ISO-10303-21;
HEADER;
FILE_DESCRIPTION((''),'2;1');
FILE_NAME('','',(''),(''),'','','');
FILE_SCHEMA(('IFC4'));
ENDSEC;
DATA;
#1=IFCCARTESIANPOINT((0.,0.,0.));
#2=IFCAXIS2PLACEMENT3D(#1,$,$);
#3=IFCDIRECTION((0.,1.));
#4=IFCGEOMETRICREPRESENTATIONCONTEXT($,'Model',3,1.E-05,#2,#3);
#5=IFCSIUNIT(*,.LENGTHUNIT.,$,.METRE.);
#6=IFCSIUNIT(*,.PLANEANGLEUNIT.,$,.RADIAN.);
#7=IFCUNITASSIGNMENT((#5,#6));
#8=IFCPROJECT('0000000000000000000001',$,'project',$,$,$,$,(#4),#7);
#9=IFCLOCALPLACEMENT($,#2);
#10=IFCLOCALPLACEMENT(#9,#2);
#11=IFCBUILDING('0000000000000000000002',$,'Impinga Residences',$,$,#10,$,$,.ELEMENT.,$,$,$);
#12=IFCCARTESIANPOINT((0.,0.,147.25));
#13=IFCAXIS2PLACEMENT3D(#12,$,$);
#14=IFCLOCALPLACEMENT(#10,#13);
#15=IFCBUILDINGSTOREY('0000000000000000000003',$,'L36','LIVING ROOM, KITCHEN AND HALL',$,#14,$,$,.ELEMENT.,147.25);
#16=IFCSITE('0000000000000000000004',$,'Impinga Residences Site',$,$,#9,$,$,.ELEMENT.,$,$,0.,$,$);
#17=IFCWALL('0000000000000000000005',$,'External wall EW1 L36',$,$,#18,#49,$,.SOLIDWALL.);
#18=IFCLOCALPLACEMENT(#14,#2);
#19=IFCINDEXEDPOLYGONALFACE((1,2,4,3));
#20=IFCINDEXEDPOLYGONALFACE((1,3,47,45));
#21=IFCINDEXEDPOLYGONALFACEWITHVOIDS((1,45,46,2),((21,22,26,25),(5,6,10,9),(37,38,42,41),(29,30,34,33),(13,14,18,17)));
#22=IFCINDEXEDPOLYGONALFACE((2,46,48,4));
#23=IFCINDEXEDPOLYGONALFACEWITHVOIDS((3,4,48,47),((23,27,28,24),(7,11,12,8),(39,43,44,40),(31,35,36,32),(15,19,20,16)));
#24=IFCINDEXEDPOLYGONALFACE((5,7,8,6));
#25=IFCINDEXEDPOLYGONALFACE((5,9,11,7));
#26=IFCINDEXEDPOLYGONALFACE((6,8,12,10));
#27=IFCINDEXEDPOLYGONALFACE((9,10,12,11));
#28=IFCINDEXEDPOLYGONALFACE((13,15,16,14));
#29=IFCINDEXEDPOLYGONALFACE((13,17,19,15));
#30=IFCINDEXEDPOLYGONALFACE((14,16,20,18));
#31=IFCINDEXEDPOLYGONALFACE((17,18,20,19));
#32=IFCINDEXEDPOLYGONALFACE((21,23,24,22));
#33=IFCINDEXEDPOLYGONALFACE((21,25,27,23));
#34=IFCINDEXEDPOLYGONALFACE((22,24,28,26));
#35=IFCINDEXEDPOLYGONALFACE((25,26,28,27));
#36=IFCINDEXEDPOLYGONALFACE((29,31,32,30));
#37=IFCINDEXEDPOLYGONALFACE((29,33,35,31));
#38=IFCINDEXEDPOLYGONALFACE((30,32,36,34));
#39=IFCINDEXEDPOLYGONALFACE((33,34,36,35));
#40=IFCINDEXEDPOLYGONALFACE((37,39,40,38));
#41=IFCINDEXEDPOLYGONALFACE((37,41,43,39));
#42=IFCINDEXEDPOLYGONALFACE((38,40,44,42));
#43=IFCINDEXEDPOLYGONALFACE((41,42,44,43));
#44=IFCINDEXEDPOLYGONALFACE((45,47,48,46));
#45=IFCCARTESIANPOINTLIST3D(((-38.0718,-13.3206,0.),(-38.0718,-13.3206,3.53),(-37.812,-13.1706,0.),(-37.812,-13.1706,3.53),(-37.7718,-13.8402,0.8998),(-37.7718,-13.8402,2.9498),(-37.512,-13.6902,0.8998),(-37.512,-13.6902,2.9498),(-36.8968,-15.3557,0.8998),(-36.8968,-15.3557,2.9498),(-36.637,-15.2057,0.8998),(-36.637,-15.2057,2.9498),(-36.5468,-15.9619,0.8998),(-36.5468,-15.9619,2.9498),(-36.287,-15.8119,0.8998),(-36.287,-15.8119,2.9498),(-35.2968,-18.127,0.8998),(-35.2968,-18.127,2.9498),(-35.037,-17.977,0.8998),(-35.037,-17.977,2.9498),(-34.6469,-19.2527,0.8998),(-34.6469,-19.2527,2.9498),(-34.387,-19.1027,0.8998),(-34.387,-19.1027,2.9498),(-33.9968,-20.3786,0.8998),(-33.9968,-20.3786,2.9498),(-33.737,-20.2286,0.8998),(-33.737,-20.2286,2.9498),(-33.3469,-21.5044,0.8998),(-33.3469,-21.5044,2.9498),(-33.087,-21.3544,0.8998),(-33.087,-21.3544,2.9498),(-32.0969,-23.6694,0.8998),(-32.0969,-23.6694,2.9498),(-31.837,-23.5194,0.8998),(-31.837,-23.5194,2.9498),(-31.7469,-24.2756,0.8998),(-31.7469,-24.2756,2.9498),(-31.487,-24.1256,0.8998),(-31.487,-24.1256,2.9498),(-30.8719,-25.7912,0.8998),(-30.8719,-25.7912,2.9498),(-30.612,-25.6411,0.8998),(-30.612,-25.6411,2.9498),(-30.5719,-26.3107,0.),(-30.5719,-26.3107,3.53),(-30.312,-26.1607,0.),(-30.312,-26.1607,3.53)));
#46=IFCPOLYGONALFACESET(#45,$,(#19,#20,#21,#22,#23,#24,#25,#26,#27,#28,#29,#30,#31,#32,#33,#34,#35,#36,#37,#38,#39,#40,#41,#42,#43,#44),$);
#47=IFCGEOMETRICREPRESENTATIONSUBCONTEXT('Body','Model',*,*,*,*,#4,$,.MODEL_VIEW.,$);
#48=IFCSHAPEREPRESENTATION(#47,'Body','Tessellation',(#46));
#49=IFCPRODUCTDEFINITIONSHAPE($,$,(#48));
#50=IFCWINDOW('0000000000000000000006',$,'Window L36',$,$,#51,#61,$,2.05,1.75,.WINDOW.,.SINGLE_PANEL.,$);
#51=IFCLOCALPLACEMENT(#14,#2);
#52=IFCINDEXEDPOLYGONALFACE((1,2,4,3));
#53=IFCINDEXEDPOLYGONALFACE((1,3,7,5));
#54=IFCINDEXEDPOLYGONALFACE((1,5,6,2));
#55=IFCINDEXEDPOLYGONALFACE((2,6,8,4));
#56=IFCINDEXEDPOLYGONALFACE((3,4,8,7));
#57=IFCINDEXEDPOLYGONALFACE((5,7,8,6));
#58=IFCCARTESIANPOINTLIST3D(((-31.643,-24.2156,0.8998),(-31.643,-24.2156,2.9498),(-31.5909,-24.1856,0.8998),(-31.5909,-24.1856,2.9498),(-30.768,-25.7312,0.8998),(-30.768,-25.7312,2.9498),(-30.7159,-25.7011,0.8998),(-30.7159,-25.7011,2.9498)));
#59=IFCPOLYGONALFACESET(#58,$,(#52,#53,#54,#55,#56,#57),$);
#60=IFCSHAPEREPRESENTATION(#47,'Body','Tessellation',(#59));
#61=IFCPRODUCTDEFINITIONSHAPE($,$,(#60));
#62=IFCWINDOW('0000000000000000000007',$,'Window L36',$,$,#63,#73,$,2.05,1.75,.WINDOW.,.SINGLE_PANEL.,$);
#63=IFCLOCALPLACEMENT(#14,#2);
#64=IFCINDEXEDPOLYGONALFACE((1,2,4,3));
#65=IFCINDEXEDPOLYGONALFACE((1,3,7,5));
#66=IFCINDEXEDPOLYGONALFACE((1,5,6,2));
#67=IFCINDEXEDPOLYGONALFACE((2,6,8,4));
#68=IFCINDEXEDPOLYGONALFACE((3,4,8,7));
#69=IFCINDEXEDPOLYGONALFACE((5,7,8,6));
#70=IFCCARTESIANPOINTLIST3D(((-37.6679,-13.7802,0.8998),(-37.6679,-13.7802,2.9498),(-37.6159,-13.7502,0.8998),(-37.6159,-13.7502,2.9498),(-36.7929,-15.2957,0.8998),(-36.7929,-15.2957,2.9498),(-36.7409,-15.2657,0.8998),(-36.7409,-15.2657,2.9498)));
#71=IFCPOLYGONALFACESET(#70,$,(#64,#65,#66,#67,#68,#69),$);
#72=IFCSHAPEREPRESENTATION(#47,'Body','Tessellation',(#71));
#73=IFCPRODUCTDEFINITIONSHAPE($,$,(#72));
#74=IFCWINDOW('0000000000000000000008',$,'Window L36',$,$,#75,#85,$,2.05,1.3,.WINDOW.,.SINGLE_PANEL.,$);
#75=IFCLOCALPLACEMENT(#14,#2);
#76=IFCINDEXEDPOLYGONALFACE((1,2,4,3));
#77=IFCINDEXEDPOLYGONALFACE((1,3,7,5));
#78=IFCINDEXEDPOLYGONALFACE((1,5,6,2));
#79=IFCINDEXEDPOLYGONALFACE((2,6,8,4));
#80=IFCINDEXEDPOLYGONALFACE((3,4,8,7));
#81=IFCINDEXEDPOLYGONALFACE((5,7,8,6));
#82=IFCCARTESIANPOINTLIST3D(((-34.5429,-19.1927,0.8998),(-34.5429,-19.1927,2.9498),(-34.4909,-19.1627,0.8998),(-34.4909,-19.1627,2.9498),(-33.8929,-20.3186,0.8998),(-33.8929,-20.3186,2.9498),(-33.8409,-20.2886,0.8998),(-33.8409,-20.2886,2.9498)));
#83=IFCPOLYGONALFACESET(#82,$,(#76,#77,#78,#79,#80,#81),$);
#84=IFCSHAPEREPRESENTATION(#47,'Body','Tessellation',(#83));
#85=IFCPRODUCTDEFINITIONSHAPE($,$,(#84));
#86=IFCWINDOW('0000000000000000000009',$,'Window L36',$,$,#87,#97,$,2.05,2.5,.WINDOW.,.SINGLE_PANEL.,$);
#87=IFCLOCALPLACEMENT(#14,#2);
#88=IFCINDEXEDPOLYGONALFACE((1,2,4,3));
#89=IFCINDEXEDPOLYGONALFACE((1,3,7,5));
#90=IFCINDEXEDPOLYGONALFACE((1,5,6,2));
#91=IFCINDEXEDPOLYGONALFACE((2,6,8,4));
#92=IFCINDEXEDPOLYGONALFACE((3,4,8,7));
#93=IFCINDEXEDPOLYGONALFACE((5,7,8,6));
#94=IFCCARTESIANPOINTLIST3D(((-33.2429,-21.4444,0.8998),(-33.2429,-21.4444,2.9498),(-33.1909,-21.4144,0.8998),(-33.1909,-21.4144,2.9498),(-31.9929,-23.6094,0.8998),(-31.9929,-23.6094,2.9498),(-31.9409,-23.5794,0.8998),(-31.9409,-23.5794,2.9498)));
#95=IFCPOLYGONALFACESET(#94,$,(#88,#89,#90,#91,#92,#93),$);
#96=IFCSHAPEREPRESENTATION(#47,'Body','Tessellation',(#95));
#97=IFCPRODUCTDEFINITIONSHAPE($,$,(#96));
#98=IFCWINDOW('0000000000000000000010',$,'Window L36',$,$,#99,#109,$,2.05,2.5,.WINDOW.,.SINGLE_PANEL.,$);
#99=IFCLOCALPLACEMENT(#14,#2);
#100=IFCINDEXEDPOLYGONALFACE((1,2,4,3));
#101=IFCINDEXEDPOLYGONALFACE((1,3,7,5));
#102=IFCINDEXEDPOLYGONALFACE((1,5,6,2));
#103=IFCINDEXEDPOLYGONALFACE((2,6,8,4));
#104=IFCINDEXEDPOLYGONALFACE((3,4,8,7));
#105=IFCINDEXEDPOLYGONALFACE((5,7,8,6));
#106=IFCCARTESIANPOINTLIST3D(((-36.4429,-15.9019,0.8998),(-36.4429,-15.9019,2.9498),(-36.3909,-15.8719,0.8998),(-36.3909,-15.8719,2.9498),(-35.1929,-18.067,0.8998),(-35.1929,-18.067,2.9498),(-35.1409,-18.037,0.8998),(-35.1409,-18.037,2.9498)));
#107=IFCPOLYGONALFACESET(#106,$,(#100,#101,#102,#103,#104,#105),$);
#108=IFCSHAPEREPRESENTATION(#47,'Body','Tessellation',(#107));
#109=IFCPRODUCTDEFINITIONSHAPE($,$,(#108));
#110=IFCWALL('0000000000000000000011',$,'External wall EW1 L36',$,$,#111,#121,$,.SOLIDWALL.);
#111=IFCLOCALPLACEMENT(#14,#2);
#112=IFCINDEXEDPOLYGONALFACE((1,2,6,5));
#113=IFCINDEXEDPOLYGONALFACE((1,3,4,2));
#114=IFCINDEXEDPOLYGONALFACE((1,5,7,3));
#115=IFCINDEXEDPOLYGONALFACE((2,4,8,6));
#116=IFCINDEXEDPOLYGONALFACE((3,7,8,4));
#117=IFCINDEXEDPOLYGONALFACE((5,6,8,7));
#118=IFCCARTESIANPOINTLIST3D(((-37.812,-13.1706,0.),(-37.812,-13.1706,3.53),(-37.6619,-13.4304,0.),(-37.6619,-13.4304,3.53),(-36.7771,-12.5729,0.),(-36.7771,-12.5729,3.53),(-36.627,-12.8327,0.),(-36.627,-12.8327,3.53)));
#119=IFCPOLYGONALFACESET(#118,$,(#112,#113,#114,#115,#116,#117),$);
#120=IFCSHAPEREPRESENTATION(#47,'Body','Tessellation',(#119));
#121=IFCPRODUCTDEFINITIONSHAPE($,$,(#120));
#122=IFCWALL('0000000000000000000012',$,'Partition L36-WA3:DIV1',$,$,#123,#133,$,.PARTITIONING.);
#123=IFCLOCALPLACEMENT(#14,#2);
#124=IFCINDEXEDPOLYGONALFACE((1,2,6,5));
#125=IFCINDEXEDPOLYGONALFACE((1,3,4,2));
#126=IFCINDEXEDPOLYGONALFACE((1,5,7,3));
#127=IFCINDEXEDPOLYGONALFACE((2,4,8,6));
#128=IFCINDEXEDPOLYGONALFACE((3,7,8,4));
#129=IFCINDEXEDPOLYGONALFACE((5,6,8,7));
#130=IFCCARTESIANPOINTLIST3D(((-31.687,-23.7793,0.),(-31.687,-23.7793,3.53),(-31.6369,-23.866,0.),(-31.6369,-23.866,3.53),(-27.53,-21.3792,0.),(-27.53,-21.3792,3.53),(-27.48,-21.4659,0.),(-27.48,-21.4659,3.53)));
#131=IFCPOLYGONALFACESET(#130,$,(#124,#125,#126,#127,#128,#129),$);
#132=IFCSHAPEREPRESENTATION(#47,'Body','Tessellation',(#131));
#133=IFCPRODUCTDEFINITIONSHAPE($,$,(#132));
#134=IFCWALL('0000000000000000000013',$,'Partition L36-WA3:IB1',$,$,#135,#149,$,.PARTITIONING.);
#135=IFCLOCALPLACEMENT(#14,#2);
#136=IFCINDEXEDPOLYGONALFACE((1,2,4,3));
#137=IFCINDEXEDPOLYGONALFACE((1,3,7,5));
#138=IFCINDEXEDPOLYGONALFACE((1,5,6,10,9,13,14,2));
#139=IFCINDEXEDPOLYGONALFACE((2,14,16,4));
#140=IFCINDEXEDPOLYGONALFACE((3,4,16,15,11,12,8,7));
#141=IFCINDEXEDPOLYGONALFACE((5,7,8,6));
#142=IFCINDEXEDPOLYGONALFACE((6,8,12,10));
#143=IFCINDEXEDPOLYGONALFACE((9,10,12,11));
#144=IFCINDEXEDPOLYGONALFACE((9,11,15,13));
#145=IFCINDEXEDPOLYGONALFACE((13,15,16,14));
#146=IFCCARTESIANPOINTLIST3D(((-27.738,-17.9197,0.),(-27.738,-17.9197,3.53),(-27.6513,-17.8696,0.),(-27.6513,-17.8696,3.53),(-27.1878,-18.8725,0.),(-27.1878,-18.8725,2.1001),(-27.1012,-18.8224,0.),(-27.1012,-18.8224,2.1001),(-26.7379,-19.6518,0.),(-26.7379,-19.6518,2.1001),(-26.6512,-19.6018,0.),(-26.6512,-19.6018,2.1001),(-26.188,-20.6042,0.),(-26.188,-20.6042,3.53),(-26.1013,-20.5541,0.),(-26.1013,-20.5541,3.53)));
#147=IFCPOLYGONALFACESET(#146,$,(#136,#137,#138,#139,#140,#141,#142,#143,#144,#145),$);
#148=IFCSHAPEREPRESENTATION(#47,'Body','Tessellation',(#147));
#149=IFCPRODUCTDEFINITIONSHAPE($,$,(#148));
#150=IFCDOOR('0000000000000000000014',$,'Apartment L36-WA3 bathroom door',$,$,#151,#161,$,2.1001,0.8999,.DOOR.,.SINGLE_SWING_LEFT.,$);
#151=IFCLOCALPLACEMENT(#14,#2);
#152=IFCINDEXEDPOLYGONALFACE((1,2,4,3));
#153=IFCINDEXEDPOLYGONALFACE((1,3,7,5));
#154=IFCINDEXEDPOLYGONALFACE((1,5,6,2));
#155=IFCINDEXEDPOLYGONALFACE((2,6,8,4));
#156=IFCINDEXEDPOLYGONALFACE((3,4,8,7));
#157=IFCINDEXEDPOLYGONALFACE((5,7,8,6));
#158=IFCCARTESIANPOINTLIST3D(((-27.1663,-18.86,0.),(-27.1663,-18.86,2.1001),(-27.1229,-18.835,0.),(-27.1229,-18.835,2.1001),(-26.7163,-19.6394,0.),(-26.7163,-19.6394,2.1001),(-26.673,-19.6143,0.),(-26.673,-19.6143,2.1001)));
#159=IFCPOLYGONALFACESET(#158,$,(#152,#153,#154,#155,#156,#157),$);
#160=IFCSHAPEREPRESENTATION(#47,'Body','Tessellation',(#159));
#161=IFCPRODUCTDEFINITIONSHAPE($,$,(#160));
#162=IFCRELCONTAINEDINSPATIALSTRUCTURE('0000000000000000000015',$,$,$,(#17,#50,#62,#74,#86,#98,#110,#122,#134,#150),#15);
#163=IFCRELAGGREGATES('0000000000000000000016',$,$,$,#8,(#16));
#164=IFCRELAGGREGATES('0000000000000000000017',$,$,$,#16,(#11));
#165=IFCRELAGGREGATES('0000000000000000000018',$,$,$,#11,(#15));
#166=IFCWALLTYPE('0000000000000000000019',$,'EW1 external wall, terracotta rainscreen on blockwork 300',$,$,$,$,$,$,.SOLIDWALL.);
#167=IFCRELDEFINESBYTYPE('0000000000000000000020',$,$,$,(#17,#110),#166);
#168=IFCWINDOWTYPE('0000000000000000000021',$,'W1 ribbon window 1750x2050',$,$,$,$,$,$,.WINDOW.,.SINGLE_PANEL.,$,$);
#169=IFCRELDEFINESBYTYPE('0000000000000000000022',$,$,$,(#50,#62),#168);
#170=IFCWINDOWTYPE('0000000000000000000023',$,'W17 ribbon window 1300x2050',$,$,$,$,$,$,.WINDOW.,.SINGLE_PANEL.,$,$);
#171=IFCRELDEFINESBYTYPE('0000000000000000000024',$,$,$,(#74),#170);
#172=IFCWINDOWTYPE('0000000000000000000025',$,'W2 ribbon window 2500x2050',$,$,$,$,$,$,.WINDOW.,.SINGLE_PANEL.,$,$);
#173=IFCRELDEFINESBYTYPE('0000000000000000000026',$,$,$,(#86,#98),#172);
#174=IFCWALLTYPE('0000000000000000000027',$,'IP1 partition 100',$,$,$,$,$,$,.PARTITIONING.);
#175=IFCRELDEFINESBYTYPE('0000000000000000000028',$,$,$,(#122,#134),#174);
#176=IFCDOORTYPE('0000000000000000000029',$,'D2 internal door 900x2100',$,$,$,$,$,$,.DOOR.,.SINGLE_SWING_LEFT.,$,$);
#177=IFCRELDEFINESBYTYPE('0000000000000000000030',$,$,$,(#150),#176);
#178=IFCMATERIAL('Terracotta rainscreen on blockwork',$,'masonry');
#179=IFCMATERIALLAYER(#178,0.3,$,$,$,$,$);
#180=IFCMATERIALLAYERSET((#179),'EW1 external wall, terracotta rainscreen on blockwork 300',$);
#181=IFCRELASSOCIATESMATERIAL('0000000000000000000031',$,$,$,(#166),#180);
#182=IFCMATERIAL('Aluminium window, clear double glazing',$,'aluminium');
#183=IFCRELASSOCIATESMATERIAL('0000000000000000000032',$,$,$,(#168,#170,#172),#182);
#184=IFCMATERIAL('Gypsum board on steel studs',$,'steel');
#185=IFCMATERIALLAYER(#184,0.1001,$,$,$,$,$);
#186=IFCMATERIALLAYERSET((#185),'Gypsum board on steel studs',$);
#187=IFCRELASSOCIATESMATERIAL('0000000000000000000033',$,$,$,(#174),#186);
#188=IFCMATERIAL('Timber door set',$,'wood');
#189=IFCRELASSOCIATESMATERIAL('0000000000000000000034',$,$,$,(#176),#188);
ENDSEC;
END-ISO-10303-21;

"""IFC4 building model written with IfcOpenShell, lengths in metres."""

from ifc_helpers import new_model, si_unit, direction, frame, frame_2d, origin, place, context, subcontext, project, spatial, rectangle, extrude, material, layer, layer_set, type_object, element, fill, save


model = new_model("IFC4")

# Units and contexts
model_context = context("Model", 3, precision=1e-05, world=origin(), true_north=direction((0.0, 1.0)))
body_context = subcontext(model_context, "Body", "Model", "MODEL_VIEW")
ifc_project = project(units=[si_unit("LENGTHUNIT", "METRE"), si_unit("PLANEANGLEUNIT", "RADIAN")], contexts=[model_context])

# Site, building, storey
site_placement = place(None, origin())
site = spatial("IfcSite", under=ifc_project, at=site_placement, Name="Impinga Residences Site", CompositionType="ELEMENT", RefElevation=0.0)
building_placement = place(site_placement, origin())
building = spatial("IfcBuilding", under=site, at=building_placement, Name="Impinga Residences", CompositionType="ELEMENT")
storey_placement = place(building_placement, frame((0.0, 0.0, 147.25)))
storey = spatial("IfcBuildingStorey", under=building, at=storey_placement, Name="L36", Description="LIVING ROOM, KITCHEN AND HALL", CompositionType="ELEMENT", Elevation=147.25)

# Shared definitions
ifc_material_1 = material(Name="Terracotta rainscreen on blockwork", Category="masonry")
ifc_layer_1 = layer(ifc_material_1, 0.3)
ifc_layer_set_1 = layer_set([ifc_layer_1], Name="EW1 external wall, terracotta rainscreen on blockwork 300")
wall_type_1 = type_object("IfcWallType", Name="EW1 external wall, terracotta rainscreen on blockwork 300", PredefinedType="SOLIDWALL", material=ifc_layer_set_1)

# Wall, openings, windows
wall_1_placement = place(storey_placement, frame((-30.4419, -26.2358, 0.0), z_axis=(0.0, 0.0, 1.0), x_axis=(-0.500004, 0.866023, 0.0)))
wall_1 = element("IfcWall", 1, at=wall_1_placement, inside=storey, type_object=wall_type_1, Name="External wall EW1 L36", PredefinedType="SOLIDWALL", context=body_context, shape_type="SweptSolid", body=[
    extrude(rectangle(XDim=14.9998, YDim=0.3, at=frame_2d((7.5, 0.0))), origin(), (0.0, 0.0, 1.0), 3.53),
])
opening_1_placement = place(wall_1_placement, frame((0.6001, 0.0, 0.8999)))
opening_1 = element("IfcOpeningElement", 2, at=opening_1_placement, cuts=wall_1, PredefinedType="OPENING", context=body_context, shape_type="SweptSolid", body=[
    extrude(rectangle(XDim=1.75, YDim=2.05, at=frame_2d((0.875, 1.0249))), frame((0.0, 0.1599, 0.0), z_axis=(0.0, -1.0, 0.0), x_axis=(1.0, 0.0, 0.0)), (0.0, 0.0, 1.0), 0.3201),
])
opening_2_placement = place(wall_1_placement, frame((3.05, 0.0, 0.8999)))
opening_2 = element("IfcOpeningElement", 3, at=opening_2_placement, cuts=wall_1, PredefinedType="OPENING", context=body_context, shape_type="SweptSolid", body=[
    extrude(rectangle(XDim=2.5, YDim=2.05, at=frame_2d((1.25, 1.0249))), frame((0.0, 0.1599, 0.0), z_axis=(0.0, -1.0, 0.0), x_axis=(1.0, 0.0, 0.0)), (0.0, 0.0, 1.0), 0.3201),
])
opening_3_placement = place(wall_1_placement, frame((6.8501, 0.0, 0.8999)))
opening_3 = element("IfcOpeningElement", 4, at=opening_3_placement, cuts=wall_1, PredefinedType="OPENING", context=body_context, shape_type="SweptSolid", body=[
    extrude(rectangle(XDim=1.3, YDim=2.05, at=frame_2d((0.6499, 1.0249))), frame((0.0, 0.1599, 0.0), z_axis=(0.0, -1.0, 0.0), x_axis=(1.0, 0.0, 0.0)), (0.0, 0.0, 1.0), 0.3201),
])
opening_4_placement = place(wall_1_placement, frame((9.45, 0.0, 0.8999)))
opening_4 = element("IfcOpeningElement", 5, at=opening_4_placement, cuts=wall_1, PredefinedType="OPENING", context=body_context, shape_type="SweptSolid", body=[
    extrude(rectangle(XDim=2.5, YDim=2.05, at=frame_2d((1.25, 1.0249))), frame((0.0, 0.1599, 0.0), z_axis=(0.0, -1.0, 0.0), x_axis=(1.0, 0.0, 0.0)), (0.0, 0.0, 1.0), 0.3201),
])
opening_5_placement = place(wall_1_placement, frame((12.6499, 0.0, 0.8999)))
opening_5 = element("IfcOpeningElement", 6, at=opening_5_placement, cuts=wall_1, PredefinedType="OPENING", context=body_context, shape_type="SweptSolid", body=[
    extrude(rectangle(XDim=1.75, YDim=2.05, at=frame_2d((0.875, 1.0249))), frame((0.0, 0.1599, 0.0), z_axis=(0.0, -1.0, 0.0), x_axis=(1.0, 0.0, 0.0)), (0.0, 0.0, 1.0), 0.3201),
])
ifc_material_2 = material(Name="Aluminium window, clear double glazing", Category="aluminium")
window_type_1 = type_object("IfcWindowType", Name="W1 ribbon window 1750x2050", PartitioningType="SINGLE_PANEL", PredefinedType="WINDOW", material=ifc_material_2)
window_1_placement = place(opening_1_placement, origin())
window_1 = element("IfcWindow", 7, at=window_1_placement, inside=storey, type_object=window_type_1, Name="Window L36", OverallHeight=2.05, OverallWidth=1.75, PartitioningType="SINGLE_PANEL", PredefinedType="WINDOW", context=body_context, shape_type="SweptSolid", body=[
    extrude(rectangle(XDim=1.75, YDim=2.05, at=frame_2d((0.875, 1.0249))), frame((0.0, 0.03, 0.0), z_axis=(0.0, -1.0, 0.0), x_axis=(1.0, 0.0, 0.0)), (0.0, 0.0, 1.0), 0.0601),
])
fill(opening_1, window_1)
window_2_placement = place(opening_5_placement, origin())
window_2 = element("IfcWindow", 8, at=window_2_placement, inside=storey, type_object=window_type_1, Name="Window L36", OverallHeight=2.05, OverallWidth=1.75, PartitioningType="SINGLE_PANEL", PredefinedType="WINDOW", context=body_context, shape_type="SweptSolid", body=[
    extrude(rectangle(XDim=1.75, YDim=2.05, at=frame_2d((0.875, 1.0249))), frame((0.0, 0.03, 0.0), z_axis=(0.0, -1.0, 0.0), x_axis=(1.0, 0.0, 0.0)), (0.0, 0.0, 1.0), 0.0601),
])
fill(opening_5, window_2)
window_type_2 = type_object("IfcWindowType", Name="W17 ribbon window 1300x2050", PartitioningType="SINGLE_PANEL", PredefinedType="WINDOW", material=ifc_material_2)
window_3_placement = place(opening_3_placement, origin())
window_3 = element("IfcWindow", 9, at=window_3_placement, inside=storey, type_object=window_type_2, Name="Window L36", OverallHeight=2.05, OverallWidth=1.3, PartitioningType="SINGLE_PANEL", PredefinedType="WINDOW", context=body_context, shape_type="SweptSolid", body=[
    extrude(rectangle(XDim=1.3, YDim=2.05, at=frame_2d((0.6499, 1.0249))), frame((0.0, 0.03, 0.0), z_axis=(0.0, -1.0, 0.0), x_axis=(1.0, 0.0, 0.0)), (0.0, 0.0, 1.0), 0.0601),
])
fill(opening_3, window_3)
window_type_3 = type_object("IfcWindowType", Name="W2 ribbon window 2500x2050", PartitioningType="SINGLE_PANEL", PredefinedType="WINDOW", material=ifc_material_2)
window_4_placement = place(opening_2_placement, origin())
window_4 = element("IfcWindow", 10, at=window_4_placement, inside=storey, type_object=window_type_3, Name="Window L36", OverallHeight=2.05, OverallWidth=2.5, PartitioningType="SINGLE_PANEL", PredefinedType="WINDOW", context=body_context, shape_type="SweptSolid", body=[
    extrude(rectangle(XDim=2.5, YDim=2.05, at=frame_2d((1.25, 1.0249))), frame((0.0, 0.03, 0.0), z_axis=(0.0, -1.0, 0.0), x_axis=(1.0, 0.0, 0.0)), (0.0, 0.0, 1.0), 0.0601),
])
fill(opening_2, window_4)
window_5_placement = place(opening_4_placement, origin())
window_5 = element("IfcWindow", 11, at=window_5_placement, inside=storey, type_object=window_type_3, Name="Window L36", OverallHeight=2.05, OverallWidth=2.5, PartitioningType="SINGLE_PANEL", PredefinedType="WINDOW", context=body_context, shape_type="SweptSolid", body=[
    extrude(rectangle(XDim=2.5, YDim=2.05, at=frame_2d((1.25, 1.0249))), frame((0.0, 0.03, 0.0), z_axis=(0.0, -1.0, 0.0), x_axis=(1.0, 0.0, 0.0)), (0.0, 0.0, 1.0), 0.0601),
])
fill(opening_4, window_5)

# Walls
wall_2_placement = place(storey_placement, frame((-37.7371, -13.3005, 0.0), z_axis=(0.0, 0.0, 1.0), x_axis=(0.865971, 0.500094, 0.0)))
element("IfcWall", 12, at=wall_2_placement, inside=storey, type_object=wall_type_1, Name="External wall EW1 L36", PredefinedType="SOLIDWALL", context=body_context, shape_type="SweptSolid", body=[
    extrude(rectangle(XDim=1.1951, YDim=0.3, at=frame_2d((0.5977, 0.0))), origin(), (0.0, 0.0, 1.0), 3.53),
])
ifc_material_3 = material(Name="Gypsum board on steel studs", Category="steel")
ifc_layer_2 = layer(ifc_material_3, 0.1001)
ifc_layer_set_2 = layer_set([ifc_layer_2], Name="Gypsum board on steel studs")
wall_type_2 = type_object("IfcWallType", Name="IP1 partition 100", PredefinedType="PARTITIONING", material=ifc_layer_set_2)
wall_3_placement = place(storey_placement, frame((-27.5051, -21.4226, 0.0), z_axis=(0.0, 0.0, 1.0), x_axis=(-0.866015, -0.500017, 0.0)))
element("IfcWall", 13, at=wall_3_placement, inside=storey, type_object=wall_type_2, Name="Partition L36-WA3:DIV1", PredefinedType="PARTITIONING", context=body_context, shape_type="SweptSolid", body=[
    extrude(rectangle(XDim=4.8, YDim=0.1001, at=frame_2d((2.3999, 0.0))), origin(), (0.0, 0.0, 1.0), 3.53),
])

# Wall, opening, door
wall_4_placement = place(storey_placement, frame((-27.6946, -17.8948, 0.0), z_axis=(0.0, 0.0, 1.0), x_axis=(0.500027, -0.86601, 0.0)))
wall_4 = element("IfcWall", 14, at=wall_4_placement, inside=storey, type_object=wall_type_2, Name="Partition L36-WA3:IB1", PredefinedType="PARTITIONING", context=body_context, shape_type="SweptSolid", body=[
    extrude(rectangle(XDim=3.0999, YDim=0.1001, at=frame_2d((1.5498, 0.0))), origin(), (0.0, 0.0, 1.0), 3.53),
])
opening_6_placement = place(wall_4_placement, frame((1.1001, 0.0, 0.0)))
opening_6 = element("IfcOpeningElement", 15, at=opening_6_placement, cuts=wall_4, PredefinedType="OPENING", context=body_context, shape_type="SweptSolid", body=[
    extrude(rectangle(XDim=0.8999, YDim=2.1001, at=frame_2d((0.45, 1.05))), frame((0.0, 0.0601, 0.0), z_axis=(0.0, -1.0, 0.0), x_axis=(1.0, 0.0, 0.0)), (0.0, 0.0, 1.0), 0.1201),
])
ifc_material_4 = material(Name="Timber door set", Category="wood")
door_type = type_object("IfcDoorType", Name="D2 internal door 900x2100", OperationType="SINGLE_SWING_LEFT", PredefinedType="DOOR", material=ifc_material_4)
door_placement = place(opening_6_placement, origin())
door = element("IfcDoor", 16, at=door_placement, inside=storey, type_object=door_type, Name="Apartment L36-WA3 bathroom door", OperationType="SINGLE_SWING_LEFT", OverallHeight=2.1001, OverallWidth=0.8999, PredefinedType="DOOR", context=body_context, shape_type="SweptSolid", body=[
    extrude(rectangle(XDim=0.8999, YDim=2.1001, at=frame_2d((0.45, 1.05))), frame((0.0, 0.0249, 0.0), z_axis=(0.0, -1.0, 0.0), x_axis=(1.0, 0.0, 0.0)), (0.0, 0.0, 1.0), 0.05),
])
fill(opening_6, door)

save(model, "model.ifc")
